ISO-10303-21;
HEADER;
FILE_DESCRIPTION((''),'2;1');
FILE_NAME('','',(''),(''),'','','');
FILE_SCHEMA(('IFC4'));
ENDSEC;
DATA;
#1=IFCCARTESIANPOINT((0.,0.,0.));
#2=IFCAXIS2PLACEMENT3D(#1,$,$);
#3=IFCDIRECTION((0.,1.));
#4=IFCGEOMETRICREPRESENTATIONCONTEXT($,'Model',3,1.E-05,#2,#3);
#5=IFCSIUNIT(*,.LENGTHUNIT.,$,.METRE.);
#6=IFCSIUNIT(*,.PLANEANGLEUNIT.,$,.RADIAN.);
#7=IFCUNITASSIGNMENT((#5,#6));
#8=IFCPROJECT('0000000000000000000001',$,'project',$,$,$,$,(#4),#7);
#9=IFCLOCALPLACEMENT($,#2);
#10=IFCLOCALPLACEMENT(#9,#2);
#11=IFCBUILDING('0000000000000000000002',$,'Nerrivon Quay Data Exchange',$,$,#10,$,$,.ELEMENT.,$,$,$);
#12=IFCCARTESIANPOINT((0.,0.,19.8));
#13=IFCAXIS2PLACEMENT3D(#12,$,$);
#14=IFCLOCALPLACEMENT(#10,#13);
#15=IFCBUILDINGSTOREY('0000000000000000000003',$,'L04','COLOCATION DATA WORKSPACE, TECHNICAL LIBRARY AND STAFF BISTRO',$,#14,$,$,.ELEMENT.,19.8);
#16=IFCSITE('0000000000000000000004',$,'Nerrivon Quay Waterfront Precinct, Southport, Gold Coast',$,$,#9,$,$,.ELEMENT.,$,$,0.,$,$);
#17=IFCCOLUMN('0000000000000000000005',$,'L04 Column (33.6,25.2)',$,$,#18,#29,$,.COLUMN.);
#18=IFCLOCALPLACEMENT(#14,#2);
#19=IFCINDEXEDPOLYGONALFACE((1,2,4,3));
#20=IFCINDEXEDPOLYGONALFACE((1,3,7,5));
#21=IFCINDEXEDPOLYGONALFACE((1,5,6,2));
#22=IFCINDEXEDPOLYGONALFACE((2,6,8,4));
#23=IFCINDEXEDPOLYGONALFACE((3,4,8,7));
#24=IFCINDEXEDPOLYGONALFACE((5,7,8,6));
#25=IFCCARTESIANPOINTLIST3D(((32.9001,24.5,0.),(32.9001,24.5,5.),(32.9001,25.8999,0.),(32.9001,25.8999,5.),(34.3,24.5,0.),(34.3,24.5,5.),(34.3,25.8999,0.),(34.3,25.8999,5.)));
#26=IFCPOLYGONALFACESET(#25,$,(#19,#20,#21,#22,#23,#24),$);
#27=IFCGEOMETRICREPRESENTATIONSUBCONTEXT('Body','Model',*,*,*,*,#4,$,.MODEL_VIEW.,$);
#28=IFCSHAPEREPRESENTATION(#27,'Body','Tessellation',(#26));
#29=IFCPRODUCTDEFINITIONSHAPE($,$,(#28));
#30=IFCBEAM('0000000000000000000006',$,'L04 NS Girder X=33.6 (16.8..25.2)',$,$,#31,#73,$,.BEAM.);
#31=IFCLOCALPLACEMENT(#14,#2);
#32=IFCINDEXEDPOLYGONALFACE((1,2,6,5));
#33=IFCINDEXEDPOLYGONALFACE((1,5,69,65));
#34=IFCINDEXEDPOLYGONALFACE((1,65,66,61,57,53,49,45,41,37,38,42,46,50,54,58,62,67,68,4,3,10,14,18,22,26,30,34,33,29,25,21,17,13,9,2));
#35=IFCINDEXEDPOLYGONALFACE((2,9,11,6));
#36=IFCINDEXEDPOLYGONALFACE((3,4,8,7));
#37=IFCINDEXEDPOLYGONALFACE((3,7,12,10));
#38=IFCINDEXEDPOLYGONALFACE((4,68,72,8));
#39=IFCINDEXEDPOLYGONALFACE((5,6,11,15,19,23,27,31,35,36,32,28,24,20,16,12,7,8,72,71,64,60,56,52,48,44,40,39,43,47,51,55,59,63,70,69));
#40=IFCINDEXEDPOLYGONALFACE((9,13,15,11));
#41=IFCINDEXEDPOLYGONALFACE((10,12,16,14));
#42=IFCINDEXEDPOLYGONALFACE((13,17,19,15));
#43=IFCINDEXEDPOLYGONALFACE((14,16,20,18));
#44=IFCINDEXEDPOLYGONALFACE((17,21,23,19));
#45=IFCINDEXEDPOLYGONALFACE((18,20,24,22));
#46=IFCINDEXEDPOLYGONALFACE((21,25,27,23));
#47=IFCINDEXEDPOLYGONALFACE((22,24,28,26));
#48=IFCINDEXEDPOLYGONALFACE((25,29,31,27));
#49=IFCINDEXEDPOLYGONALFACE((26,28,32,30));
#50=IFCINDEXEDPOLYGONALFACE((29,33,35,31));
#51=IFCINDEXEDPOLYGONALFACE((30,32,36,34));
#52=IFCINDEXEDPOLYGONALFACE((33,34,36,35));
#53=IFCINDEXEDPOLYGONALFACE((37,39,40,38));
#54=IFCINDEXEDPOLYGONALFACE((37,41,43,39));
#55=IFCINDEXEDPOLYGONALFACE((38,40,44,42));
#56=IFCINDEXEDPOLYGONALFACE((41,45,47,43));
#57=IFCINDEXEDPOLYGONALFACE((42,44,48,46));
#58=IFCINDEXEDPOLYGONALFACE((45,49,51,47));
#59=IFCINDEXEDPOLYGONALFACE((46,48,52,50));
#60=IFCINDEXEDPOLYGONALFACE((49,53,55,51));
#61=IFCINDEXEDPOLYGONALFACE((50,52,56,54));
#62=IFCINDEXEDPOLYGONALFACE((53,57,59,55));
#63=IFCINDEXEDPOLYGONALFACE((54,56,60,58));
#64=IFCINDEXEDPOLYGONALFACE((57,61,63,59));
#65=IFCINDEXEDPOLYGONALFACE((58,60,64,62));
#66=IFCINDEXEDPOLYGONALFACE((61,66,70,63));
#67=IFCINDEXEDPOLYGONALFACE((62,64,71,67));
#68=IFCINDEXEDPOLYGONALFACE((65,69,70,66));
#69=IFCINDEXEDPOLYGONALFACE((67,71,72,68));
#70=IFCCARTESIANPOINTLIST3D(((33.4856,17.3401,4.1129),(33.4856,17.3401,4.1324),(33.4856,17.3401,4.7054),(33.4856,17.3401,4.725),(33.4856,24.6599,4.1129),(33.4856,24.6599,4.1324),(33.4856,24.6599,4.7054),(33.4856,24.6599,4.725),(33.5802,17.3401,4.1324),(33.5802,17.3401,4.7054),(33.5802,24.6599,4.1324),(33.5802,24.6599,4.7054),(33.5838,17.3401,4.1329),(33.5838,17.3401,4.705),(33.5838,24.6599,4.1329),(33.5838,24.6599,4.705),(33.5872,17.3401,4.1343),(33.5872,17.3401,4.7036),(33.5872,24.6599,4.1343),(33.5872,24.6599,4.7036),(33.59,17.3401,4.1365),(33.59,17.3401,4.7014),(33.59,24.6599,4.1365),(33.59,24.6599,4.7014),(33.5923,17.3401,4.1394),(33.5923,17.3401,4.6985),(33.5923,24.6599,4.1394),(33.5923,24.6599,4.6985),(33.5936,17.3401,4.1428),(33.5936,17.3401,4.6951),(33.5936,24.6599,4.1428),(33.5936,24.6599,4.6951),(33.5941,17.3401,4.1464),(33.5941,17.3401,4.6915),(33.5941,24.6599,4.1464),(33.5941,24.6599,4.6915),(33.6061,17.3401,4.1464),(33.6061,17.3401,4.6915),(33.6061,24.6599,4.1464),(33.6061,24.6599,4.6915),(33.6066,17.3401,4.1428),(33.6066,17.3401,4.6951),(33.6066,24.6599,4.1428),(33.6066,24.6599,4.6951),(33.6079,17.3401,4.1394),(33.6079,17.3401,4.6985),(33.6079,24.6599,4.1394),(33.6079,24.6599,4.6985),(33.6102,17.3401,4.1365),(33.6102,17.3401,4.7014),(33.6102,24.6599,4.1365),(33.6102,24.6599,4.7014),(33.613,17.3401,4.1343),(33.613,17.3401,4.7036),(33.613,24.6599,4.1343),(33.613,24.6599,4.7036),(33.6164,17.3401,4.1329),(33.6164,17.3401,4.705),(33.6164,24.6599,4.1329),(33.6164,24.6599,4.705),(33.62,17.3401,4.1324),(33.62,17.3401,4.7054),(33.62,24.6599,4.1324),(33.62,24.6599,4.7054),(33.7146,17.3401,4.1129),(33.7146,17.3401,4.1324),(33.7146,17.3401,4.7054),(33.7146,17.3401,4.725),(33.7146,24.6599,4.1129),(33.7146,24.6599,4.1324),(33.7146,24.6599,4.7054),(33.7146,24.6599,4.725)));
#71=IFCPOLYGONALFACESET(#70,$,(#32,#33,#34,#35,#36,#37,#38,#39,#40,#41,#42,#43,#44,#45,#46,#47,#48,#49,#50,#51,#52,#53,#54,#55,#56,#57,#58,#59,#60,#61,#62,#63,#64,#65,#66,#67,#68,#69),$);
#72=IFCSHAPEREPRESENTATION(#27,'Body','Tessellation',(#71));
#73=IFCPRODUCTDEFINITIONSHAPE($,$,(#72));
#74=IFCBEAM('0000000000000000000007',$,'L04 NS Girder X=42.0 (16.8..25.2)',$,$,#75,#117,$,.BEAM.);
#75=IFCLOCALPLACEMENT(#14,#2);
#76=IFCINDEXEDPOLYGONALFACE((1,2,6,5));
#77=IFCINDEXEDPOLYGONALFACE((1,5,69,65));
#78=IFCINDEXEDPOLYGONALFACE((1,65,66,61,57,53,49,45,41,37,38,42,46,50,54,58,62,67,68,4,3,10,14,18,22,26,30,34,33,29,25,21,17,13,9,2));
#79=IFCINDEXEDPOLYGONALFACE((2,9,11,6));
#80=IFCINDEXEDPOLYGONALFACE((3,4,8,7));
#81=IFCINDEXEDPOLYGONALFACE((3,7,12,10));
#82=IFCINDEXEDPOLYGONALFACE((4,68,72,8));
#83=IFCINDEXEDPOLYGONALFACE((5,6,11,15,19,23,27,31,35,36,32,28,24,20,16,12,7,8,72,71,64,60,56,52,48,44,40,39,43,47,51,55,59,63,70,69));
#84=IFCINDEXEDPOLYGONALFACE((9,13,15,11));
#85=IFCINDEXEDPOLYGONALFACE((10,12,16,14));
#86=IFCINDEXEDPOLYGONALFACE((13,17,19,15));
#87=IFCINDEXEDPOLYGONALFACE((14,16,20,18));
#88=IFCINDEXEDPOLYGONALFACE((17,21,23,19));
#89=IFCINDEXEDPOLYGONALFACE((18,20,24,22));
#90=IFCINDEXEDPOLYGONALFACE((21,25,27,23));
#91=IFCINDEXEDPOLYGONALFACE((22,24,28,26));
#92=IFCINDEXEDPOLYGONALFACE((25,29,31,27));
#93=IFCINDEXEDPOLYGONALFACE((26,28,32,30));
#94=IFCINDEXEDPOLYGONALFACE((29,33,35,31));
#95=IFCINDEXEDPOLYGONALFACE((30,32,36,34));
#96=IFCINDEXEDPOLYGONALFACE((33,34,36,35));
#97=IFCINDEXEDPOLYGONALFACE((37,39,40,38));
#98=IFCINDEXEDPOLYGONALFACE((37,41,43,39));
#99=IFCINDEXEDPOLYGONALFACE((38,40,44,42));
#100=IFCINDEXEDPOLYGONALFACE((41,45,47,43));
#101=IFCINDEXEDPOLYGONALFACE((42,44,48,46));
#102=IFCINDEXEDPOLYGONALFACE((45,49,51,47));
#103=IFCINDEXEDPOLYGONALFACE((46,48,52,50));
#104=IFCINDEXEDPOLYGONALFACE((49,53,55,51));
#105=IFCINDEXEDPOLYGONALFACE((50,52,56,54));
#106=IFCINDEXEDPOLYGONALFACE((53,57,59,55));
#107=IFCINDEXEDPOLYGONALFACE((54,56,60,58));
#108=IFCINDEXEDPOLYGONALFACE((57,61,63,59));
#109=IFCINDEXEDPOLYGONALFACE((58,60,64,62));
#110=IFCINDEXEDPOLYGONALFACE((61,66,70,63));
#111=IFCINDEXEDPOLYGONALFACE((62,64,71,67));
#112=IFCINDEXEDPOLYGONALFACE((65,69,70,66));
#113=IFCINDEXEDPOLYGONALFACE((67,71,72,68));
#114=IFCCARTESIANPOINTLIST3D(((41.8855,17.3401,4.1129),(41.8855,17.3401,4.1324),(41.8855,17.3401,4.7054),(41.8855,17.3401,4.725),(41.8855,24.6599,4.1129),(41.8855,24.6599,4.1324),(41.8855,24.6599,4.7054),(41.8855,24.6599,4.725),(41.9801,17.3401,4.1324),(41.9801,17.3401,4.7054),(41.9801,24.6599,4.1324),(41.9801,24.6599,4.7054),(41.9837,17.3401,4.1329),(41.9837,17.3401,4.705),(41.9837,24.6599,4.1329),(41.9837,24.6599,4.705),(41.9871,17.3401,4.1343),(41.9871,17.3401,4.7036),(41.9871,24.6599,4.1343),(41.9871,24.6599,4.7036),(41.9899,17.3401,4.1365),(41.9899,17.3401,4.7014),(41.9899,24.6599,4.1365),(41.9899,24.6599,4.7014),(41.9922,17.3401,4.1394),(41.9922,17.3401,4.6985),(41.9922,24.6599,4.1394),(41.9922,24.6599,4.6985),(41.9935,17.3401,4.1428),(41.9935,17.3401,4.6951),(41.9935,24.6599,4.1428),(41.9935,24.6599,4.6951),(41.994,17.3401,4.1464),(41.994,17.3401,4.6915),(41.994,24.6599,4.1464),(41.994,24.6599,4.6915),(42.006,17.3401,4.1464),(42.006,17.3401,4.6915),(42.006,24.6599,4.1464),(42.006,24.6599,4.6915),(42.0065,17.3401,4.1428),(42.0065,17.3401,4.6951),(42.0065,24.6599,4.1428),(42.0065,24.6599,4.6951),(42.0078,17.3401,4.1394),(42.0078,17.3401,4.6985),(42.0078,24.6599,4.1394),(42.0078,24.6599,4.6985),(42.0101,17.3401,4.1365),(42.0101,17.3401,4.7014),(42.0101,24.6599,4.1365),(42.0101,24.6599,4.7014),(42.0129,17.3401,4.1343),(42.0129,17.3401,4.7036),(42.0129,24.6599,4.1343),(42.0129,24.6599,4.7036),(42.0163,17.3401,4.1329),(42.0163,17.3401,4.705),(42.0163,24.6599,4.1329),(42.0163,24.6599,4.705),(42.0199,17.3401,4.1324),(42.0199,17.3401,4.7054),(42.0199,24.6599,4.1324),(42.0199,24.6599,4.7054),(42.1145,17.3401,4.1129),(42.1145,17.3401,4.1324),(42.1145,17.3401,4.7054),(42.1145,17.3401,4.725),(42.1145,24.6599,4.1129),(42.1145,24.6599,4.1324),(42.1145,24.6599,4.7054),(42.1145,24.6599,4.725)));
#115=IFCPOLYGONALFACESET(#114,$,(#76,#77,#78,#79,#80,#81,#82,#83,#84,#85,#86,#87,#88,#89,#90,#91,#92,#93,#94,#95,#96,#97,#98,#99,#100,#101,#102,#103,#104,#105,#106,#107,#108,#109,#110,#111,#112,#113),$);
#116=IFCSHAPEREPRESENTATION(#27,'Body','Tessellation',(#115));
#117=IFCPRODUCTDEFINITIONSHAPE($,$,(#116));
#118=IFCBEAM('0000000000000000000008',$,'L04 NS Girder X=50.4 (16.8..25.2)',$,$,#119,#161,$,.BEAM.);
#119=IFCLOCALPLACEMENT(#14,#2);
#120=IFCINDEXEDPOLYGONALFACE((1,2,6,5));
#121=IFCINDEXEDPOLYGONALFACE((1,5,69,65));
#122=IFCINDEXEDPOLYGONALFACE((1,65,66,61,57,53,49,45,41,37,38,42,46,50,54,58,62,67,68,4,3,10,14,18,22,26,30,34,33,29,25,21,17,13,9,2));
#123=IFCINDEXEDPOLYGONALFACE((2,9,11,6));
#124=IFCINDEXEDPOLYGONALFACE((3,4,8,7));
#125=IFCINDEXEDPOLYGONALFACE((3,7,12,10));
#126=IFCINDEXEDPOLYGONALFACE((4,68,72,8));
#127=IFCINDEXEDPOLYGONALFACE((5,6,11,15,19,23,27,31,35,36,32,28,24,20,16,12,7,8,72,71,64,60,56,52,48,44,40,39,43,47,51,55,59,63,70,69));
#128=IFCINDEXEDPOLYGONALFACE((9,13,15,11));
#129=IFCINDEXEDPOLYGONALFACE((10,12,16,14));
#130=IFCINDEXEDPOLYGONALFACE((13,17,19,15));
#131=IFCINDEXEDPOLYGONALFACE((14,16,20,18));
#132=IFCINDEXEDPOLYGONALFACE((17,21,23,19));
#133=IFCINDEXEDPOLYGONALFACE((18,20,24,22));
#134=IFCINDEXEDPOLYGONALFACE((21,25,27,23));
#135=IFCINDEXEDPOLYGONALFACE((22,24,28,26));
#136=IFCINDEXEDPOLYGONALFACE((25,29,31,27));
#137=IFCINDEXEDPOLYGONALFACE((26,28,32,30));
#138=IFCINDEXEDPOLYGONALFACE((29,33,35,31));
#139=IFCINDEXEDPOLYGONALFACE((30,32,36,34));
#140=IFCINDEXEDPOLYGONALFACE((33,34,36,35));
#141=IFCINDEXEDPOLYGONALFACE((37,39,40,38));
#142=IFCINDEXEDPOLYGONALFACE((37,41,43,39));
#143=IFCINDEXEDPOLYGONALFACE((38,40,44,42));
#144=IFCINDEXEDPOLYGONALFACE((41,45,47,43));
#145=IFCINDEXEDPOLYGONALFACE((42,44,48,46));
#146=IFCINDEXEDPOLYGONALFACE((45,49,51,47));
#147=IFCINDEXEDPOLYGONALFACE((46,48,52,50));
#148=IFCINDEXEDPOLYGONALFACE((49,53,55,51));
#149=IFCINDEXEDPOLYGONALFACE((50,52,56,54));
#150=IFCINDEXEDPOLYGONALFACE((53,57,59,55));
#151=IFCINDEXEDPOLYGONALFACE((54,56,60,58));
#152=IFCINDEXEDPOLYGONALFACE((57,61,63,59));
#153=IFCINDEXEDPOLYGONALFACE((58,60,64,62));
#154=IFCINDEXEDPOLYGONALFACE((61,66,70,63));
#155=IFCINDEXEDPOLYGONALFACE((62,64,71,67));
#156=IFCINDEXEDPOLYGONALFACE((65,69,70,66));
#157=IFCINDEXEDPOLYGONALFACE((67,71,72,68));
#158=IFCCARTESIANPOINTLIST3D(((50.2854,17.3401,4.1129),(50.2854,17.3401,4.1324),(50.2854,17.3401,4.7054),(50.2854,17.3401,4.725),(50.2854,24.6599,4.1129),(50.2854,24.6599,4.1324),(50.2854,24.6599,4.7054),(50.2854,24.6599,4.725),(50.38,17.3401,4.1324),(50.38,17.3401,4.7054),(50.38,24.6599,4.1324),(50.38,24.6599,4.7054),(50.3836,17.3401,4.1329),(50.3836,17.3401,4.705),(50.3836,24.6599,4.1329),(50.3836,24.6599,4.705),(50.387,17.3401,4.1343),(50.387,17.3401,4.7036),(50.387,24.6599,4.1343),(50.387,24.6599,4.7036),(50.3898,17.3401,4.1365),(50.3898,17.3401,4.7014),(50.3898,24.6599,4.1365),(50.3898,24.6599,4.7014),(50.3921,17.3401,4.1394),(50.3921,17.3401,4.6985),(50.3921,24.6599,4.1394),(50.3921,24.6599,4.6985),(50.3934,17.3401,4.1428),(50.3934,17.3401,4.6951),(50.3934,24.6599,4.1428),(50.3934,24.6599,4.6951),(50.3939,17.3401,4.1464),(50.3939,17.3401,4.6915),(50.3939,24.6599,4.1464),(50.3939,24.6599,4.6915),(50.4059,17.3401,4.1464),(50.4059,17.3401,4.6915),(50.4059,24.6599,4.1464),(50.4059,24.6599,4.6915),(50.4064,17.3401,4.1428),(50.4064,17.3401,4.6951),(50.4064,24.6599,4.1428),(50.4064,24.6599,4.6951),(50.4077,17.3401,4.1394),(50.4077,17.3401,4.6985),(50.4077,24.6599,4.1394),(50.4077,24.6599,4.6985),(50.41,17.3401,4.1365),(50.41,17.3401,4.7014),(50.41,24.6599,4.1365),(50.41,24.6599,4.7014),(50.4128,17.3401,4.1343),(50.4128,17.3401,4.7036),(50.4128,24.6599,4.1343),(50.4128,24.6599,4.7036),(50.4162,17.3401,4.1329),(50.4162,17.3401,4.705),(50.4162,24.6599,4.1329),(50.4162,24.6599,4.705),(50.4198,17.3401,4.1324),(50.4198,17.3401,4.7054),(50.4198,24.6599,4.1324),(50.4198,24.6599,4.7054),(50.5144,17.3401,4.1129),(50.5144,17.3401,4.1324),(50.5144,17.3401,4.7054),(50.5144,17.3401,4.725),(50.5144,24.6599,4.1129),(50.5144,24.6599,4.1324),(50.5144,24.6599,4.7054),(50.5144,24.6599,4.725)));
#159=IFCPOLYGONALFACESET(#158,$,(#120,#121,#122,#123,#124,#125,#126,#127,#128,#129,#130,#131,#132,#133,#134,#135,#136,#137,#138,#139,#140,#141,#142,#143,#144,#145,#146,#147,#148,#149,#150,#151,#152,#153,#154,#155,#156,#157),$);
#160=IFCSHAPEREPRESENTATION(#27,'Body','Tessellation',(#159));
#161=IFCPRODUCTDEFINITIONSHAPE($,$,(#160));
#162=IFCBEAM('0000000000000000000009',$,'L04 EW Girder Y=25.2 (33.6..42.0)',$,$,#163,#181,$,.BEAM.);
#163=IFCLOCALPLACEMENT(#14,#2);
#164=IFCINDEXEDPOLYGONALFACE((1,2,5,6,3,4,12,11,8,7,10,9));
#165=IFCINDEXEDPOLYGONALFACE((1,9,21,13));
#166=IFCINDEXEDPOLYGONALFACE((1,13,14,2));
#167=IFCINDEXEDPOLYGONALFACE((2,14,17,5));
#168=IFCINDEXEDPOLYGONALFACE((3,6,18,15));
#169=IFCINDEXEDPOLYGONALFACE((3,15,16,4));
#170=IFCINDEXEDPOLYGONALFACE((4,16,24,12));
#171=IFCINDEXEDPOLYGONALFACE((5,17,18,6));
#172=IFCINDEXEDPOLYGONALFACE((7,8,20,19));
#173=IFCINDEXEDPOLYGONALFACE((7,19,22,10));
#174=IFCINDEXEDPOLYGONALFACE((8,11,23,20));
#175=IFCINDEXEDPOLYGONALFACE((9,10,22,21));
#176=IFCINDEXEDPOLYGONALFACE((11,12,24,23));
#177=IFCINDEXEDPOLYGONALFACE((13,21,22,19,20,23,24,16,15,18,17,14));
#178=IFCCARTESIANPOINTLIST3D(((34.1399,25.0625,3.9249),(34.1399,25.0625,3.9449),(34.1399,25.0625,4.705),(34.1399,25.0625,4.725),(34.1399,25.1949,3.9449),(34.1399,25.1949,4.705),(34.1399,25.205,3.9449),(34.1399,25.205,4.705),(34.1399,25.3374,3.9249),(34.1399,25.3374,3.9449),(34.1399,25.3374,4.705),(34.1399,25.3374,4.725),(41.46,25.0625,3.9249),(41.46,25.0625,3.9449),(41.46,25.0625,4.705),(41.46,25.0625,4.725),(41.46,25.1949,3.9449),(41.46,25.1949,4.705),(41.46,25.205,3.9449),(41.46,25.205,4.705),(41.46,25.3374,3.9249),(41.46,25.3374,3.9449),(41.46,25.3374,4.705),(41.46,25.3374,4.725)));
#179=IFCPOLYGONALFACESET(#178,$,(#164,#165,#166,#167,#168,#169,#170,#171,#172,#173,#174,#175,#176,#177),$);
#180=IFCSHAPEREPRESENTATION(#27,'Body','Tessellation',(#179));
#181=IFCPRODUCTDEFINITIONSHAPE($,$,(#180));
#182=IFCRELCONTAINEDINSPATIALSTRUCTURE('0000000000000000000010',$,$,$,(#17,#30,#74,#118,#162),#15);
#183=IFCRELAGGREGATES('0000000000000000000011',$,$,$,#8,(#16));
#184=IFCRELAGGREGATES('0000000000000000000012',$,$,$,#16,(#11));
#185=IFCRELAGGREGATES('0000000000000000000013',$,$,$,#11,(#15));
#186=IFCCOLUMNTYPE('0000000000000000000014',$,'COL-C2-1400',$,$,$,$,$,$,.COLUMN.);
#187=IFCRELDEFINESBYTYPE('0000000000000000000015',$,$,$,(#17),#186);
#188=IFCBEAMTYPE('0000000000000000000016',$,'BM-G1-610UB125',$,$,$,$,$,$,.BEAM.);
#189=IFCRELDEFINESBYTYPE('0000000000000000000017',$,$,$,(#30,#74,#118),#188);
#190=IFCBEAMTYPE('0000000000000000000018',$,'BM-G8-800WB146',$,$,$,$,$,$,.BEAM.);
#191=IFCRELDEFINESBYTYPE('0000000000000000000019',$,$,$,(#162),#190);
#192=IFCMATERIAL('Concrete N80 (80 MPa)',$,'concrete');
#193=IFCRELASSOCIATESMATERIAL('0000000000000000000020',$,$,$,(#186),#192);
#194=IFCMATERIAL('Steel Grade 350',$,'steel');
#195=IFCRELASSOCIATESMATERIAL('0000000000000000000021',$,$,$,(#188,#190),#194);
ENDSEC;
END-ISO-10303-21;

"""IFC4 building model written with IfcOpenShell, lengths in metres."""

from ifc_helpers import new_model, si_unit, direction, frame, origin, origin_2d, place, context, subcontext, project, spatial, rectangle, i_section, extrude, material, material_profile, profile_set, type_object, element, save


model = new_model("IFC4")

# Units and contexts
model_context = context("Model", 3, precision=1e-05, world=origin(), true_north=direction((0.0, 1.0)))
body_context = subcontext(model_context, "Body", "Model", "MODEL_VIEW")
ifc_project = project(units=[si_unit("LENGTHUNIT", "METRE"), si_unit("PLANEANGLEUNIT", "RADIAN")], contexts=[model_context])

# Site, building, storey
site_placement = place(None, origin())
site = spatial("IfcSite", under=ifc_project, at=site_placement, Name="Nerrivon Quay Waterfront Precinct, Southport, Gold Coast", CompositionType="ELEMENT", RefElevation=0.0)
building_placement = place(site_placement, origin())
building = spatial("IfcBuilding", under=site, at=building_placement, Name="Nerrivon Quay Data Exchange", CompositionType="ELEMENT")
storey_placement = place(building_placement, frame((0.0, 0.0, 19.8)))
storey = spatial("IfcBuildingStorey", under=building, at=storey_placement, Name="L04", Description="COLOCATION DATA WORKSPACE, TECHNICAL LIBRARY AND STAFF BISTRO", CompositionType="ELEMENT", Elevation=19.8)

# Column
ifc_material_1 = material(Name="Concrete N80 (80 MPa)", Category="concrete")
ifc_material_profile_1 = material_profile(ifc_material_1, rectangle(XDim=1.3999, YDim=1.3999, at=origin_2d()), Name="RC-COL-1400x1400")
ifc_profile_set_1 = profile_set([ifc_material_profile_1], Name="Concrete N80 (80 MPa)")
column_type = type_object("IfcColumnType", Name="COL-C2-1400", PredefinedType="COLUMN", material=ifc_profile_set_1)
column_placement = place(storey_placement, frame((33.6001, 25.2, 0.0), z_axis=(0.0, 0.0, 1.0), x_axis=(1.0, 0.0, 0.0)))
element("IfcColumn", 1, at=column_placement, inside=storey, type_object=column_type, Name="L04 Column (33.6,25.2)", PredefinedType="COLUMN", context=body_context, shape_type="SweptSolid", body=[
    extrude(rectangle(XDim=1.3999, YDim=1.3999, at=origin_2d()), origin(), (0.0, 0.0, 1.0), 5.0),
])

# Beams
ifc_material_2 = material(Name="Steel Grade 350", Category="steel")
ifc_material_profile_2 = material_profile(ifc_material_2, i_section(OverallWidth=0.229, OverallDepth=0.6121, WebThickness=0.012, FlangeThickness=0.0195, FilletRadius=0.0139, at=origin_2d()), Name="610UB125")
ifc_profile_set_2 = profile_set([ifc_material_profile_2], Name="Steel Grade 350")
beam_type_1 = type_object("IfcBeamType", Name="BM-G1-610UB125", PredefinedType="BEAM", material=ifc_profile_set_2)
for number, where, z_axis, x_axis, name in (
    (2, (33.6001, 17.3401, 4.4189), (0.0, 1.0, 0.0), (-1.0, 0.0, 0.0), "L04 NS Girder X=33.6 (16.8..25.2)"),
    (3, (42.0, 17.3401, 4.4189), (0.0, 1.0, 0.0), (-1.0, 0.0, 0.0), "L04 NS Girder X=42.0 (16.8..25.2)"),
    (4, (50.3999, 17.3401, 4.4189), (0.0, 1.0, 0.0), (-1.0, 0.0, 0.0), "L04 NS Girder X=50.4 (16.8..25.2)"),
):
    element("IfcBeam", number, at=place(storey_placement, frame(where, z_axis=z_axis, x_axis=x_axis)), inside=storey, type_object=beam_type_1, Name=name, PredefinedType="BEAM", context=body_context, shape_type="SweptSolid", body=[
        extrude(i_section(OverallWidth=0.229, OverallDepth=0.6121, WebThickness=0.012, FlangeThickness=0.0195, FilletRadius=0.0139, at=origin_2d()), origin(), (0.0, 0.0, 1.0), 7.3198),
    ])
ifc_material_profile_3 = material_profile(ifc_material_2, i_section(OverallWidth=0.2749, OverallDepth=0.8, WebThickness=0.01, FlangeThickness=0.02, at=origin_2d()), Name="800WB146")
ifc_profile_set_3 = profile_set([ifc_material_profile_3], Name="Steel Grade 350")
beam_type_2 = type_object("IfcBeamType", Name="BM-G8-800WB146", PredefinedType="BEAM", material=ifc_profile_set_3)
beam_1_placement = place(storey_placement, frame((34.1399, 25.2, 4.325), z_axis=(1.0, 0.0, 0.0), x_axis=(0.0, 1.0, 0.0)))
element("IfcBeam", 5, at=beam_1_placement, inside=storey, type_object=beam_type_2, Name="L04 EW Girder Y=25.2 (33.6..42.0)", PredefinedType="BEAM", context=body_context, shape_type="SweptSolid", body=[
    extrude(i_section(OverallWidth=0.2749, OverallDepth=0.8, WebThickness=0.01, FlangeThickness=0.02, at=origin_2d()), origin(), (0.0, 0.0, 1.0), 7.3201),
])

save(model, "model.ifc")
